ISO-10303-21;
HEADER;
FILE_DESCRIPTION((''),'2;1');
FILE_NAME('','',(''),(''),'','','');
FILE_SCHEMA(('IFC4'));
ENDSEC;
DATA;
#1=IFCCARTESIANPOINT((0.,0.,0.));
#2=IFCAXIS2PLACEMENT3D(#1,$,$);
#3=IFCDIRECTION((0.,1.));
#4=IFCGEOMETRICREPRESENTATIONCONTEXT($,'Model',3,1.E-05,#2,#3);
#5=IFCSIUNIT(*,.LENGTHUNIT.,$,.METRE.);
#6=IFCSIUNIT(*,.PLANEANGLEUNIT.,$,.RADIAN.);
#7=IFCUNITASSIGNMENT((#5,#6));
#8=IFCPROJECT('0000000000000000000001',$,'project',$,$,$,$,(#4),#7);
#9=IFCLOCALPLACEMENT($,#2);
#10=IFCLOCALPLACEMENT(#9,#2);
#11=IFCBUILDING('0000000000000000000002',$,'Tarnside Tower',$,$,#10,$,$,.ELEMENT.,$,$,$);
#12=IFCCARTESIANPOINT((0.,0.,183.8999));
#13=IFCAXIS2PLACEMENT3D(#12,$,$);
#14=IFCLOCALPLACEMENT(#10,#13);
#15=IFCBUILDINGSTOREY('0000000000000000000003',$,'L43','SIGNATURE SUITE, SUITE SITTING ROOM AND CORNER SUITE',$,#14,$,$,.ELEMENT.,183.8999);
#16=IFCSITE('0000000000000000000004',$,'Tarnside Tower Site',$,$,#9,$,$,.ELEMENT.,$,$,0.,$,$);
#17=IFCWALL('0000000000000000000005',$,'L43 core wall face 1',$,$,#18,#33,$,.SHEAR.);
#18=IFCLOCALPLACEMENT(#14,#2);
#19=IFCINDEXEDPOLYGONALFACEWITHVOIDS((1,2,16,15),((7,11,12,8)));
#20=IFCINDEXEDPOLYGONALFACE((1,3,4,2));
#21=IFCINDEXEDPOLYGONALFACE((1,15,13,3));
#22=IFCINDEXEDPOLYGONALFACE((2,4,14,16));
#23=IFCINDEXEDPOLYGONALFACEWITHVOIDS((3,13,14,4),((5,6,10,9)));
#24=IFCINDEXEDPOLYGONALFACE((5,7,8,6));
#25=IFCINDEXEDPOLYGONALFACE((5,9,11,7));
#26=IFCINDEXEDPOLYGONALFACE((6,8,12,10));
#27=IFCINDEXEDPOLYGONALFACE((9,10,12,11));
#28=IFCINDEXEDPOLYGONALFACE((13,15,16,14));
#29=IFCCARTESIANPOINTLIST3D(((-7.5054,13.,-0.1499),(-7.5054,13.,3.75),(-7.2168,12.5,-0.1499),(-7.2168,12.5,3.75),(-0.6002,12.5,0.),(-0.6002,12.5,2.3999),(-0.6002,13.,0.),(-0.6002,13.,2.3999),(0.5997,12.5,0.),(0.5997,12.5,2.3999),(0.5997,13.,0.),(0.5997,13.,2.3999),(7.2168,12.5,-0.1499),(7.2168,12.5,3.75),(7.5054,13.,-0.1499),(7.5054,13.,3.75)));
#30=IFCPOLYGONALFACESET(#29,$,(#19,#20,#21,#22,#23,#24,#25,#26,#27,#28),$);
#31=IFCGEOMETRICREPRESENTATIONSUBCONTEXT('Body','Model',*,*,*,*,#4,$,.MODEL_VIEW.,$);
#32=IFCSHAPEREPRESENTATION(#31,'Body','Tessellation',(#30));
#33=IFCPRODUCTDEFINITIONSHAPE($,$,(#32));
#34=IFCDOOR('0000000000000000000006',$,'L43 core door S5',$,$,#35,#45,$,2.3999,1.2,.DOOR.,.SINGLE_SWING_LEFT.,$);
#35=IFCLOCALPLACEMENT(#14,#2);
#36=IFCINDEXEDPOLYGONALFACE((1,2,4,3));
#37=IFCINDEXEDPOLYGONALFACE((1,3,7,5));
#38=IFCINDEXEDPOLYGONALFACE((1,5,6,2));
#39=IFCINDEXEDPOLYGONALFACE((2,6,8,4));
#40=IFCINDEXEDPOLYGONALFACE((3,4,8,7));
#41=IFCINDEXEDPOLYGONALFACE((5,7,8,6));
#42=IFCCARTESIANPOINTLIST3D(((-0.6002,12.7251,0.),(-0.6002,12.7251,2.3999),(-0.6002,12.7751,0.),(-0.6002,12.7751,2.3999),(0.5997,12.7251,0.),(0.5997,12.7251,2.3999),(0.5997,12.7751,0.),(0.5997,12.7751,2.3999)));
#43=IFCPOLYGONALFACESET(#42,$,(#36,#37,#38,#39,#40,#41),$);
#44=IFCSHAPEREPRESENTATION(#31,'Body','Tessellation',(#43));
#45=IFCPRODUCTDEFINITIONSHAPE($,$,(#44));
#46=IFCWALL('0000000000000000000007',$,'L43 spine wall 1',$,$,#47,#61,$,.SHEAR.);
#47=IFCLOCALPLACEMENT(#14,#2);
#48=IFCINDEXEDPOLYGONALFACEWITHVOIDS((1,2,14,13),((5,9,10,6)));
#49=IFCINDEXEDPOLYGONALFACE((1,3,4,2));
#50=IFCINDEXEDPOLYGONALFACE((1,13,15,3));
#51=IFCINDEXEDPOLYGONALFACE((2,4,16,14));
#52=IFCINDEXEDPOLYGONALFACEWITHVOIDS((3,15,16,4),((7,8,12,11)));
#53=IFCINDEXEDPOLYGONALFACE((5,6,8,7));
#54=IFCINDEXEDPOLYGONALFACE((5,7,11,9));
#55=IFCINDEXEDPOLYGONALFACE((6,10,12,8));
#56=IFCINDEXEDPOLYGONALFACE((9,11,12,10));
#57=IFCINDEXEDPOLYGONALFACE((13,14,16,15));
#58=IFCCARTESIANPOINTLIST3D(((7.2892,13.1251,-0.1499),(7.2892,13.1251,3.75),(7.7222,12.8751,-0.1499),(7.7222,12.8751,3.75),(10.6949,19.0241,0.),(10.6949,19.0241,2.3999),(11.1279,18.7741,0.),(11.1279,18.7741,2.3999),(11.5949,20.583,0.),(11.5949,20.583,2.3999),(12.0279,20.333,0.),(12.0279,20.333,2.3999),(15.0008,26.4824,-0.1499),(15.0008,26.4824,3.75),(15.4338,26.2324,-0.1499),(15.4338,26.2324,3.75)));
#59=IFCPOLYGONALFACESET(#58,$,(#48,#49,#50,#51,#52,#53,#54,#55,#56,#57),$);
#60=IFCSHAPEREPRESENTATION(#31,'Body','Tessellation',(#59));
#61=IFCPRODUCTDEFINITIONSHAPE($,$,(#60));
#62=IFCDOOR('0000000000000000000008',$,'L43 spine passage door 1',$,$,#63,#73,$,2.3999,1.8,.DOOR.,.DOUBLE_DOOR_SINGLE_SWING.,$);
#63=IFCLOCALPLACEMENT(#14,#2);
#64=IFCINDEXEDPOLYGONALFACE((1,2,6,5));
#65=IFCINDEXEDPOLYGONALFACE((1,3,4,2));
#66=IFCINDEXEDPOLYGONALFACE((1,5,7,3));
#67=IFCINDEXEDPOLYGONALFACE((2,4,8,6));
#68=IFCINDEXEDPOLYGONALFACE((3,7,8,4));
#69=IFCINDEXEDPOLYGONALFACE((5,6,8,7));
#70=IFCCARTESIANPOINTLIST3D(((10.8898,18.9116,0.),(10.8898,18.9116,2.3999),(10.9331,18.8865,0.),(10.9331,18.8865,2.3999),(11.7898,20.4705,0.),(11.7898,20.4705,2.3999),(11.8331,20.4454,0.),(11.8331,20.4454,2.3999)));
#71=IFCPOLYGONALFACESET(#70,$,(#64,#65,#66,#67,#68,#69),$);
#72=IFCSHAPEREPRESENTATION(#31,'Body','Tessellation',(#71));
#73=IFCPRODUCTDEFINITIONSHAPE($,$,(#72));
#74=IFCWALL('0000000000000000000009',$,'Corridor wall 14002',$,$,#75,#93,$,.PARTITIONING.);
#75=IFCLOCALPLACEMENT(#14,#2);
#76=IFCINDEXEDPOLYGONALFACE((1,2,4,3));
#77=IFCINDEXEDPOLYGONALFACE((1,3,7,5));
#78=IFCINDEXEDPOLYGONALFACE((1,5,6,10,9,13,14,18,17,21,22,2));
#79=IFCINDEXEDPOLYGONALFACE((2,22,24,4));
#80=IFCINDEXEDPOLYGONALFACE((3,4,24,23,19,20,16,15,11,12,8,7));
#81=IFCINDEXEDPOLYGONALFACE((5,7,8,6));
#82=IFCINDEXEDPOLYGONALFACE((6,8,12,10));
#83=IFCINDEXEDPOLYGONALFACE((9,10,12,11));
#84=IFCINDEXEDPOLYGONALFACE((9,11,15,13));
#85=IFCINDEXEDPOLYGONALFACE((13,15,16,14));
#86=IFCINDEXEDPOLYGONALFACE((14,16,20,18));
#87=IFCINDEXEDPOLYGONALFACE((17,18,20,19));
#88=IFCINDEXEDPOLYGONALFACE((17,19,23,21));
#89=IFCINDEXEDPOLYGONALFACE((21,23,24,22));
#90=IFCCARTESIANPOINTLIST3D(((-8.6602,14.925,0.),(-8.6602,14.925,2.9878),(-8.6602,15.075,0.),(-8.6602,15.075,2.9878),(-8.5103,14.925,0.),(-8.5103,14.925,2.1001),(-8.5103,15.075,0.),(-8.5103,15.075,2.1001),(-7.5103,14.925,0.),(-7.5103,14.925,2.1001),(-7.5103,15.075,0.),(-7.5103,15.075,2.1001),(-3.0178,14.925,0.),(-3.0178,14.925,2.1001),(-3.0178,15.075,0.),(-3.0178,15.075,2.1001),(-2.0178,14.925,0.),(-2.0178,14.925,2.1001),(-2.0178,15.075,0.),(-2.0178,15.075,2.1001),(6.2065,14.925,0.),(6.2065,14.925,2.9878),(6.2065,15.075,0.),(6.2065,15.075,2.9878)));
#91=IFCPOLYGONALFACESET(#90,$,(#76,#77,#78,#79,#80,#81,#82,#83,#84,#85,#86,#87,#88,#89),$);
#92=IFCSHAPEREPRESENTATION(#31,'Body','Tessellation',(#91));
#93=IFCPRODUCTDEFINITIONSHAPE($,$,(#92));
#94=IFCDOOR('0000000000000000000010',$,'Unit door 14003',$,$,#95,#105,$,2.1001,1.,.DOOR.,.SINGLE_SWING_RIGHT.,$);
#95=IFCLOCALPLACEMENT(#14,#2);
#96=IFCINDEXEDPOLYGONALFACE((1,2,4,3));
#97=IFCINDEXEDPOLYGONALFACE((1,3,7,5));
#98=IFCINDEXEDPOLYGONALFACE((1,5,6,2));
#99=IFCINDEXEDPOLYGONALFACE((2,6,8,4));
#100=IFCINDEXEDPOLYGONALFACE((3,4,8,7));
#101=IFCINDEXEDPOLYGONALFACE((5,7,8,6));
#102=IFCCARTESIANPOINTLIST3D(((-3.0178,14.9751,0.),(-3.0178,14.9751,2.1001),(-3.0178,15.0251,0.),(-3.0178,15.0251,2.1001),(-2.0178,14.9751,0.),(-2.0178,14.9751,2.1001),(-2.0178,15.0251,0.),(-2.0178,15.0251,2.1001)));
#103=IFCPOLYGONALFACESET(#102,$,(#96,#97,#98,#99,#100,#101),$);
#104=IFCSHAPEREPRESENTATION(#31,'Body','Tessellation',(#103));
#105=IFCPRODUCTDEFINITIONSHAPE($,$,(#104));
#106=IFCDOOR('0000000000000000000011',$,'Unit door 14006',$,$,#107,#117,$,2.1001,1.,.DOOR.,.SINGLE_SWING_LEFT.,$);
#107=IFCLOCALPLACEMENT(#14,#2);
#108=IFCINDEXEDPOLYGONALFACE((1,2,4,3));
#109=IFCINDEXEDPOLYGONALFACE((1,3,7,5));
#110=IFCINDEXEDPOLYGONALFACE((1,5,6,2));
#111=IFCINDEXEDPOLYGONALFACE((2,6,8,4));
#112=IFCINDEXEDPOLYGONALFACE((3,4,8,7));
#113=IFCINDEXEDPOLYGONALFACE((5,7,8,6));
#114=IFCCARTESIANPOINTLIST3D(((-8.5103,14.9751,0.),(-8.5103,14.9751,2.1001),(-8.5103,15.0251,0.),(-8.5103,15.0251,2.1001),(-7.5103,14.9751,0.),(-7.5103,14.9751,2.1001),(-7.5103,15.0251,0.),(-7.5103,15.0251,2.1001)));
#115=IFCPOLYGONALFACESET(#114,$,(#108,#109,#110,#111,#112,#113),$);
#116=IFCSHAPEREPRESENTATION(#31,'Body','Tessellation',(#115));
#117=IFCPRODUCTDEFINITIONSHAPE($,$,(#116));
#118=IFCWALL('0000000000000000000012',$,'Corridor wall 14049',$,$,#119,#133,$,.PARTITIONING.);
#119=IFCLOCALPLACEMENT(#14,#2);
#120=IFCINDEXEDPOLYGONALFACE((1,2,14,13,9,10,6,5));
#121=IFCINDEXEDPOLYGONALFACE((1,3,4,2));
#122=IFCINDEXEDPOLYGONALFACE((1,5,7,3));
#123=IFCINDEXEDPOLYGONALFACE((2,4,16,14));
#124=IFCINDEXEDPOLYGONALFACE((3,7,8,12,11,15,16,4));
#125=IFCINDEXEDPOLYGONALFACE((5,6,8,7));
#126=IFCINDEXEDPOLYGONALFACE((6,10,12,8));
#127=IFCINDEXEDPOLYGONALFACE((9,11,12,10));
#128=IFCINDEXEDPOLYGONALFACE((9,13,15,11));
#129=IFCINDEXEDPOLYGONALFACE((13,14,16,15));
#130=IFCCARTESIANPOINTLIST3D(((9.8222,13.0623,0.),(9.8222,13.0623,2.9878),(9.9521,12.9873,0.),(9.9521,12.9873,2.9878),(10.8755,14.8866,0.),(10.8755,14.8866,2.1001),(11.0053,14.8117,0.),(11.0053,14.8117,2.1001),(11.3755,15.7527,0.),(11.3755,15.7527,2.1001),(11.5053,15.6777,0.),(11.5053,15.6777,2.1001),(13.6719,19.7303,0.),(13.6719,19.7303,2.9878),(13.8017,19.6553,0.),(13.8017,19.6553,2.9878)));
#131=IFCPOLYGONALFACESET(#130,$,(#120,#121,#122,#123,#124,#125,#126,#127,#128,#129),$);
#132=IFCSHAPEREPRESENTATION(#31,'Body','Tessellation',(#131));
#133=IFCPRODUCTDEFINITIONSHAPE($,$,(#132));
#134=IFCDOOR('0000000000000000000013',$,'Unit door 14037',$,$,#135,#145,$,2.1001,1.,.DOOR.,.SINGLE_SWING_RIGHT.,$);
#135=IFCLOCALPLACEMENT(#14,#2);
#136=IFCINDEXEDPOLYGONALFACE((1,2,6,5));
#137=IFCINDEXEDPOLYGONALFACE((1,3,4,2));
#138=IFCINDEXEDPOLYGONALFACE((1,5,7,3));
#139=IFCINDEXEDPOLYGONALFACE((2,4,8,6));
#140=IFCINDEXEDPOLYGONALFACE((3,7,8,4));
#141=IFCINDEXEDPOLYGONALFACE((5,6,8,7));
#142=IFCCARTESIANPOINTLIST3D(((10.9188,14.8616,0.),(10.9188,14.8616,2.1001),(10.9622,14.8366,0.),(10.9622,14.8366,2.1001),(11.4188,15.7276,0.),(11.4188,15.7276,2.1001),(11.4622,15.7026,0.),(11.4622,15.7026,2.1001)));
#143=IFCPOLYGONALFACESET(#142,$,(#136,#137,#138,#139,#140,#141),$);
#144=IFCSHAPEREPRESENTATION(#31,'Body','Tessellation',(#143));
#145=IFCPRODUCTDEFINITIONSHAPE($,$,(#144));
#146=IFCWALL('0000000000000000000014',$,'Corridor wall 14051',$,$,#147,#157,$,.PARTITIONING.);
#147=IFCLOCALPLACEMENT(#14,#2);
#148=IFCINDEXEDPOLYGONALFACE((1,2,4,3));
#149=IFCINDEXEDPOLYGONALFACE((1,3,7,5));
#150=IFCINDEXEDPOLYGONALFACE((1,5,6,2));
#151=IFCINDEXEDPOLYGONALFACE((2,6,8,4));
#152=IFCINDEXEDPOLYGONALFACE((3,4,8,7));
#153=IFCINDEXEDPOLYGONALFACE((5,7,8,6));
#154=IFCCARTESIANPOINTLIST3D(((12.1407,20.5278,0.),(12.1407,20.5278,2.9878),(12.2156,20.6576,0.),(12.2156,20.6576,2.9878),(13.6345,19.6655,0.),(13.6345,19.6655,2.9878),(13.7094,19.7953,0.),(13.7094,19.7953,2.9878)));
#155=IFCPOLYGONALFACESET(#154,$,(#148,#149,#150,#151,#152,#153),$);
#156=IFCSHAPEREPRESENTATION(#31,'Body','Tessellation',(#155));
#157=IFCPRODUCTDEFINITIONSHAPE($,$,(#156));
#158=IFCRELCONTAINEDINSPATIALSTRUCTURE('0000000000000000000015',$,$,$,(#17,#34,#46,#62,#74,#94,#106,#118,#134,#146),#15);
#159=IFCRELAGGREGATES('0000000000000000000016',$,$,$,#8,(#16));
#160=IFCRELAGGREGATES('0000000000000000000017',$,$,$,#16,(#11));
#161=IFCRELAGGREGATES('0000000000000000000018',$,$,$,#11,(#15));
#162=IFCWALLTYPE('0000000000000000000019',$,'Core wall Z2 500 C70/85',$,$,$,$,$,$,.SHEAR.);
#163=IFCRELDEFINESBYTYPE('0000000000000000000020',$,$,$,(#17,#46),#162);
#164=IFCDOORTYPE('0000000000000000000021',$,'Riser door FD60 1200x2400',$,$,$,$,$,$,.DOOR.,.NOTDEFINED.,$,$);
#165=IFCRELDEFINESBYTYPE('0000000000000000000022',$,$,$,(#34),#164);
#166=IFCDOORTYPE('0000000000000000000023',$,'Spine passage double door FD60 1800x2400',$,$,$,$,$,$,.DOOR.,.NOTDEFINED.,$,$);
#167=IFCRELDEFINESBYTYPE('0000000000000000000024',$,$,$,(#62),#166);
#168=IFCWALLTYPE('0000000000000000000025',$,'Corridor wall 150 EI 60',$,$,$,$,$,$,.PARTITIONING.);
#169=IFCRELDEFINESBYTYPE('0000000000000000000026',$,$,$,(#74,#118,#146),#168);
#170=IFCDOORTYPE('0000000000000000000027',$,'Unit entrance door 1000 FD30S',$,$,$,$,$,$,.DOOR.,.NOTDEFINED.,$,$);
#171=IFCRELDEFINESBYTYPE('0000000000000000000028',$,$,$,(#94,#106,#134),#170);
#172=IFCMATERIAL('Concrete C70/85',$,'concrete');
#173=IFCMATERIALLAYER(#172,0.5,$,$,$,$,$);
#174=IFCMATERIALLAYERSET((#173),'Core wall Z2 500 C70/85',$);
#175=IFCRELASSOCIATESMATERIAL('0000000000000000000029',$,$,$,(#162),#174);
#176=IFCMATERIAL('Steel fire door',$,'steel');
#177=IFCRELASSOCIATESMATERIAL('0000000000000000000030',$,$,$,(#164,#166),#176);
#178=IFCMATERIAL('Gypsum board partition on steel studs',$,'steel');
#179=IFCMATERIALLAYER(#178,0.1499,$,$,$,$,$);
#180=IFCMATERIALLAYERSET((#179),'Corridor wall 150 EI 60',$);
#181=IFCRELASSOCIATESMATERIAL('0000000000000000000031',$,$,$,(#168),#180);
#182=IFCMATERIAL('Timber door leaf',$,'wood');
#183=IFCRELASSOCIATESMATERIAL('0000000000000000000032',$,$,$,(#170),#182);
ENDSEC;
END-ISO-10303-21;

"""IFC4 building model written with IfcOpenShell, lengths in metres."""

from ifc_helpers import new_model, si_unit, direction, frame, frame_2d, origin, place, context, subcontext, project, spatial, polyline, rectangle, outline, extrude, material, layer, layer_set, type_object, element, fill, save


model = new_model("IFC4")

# Units and contexts
model_context = context("Model", 3, precision=1e-05, world=origin(), true_north=direction((0.0, 1.0)))
body_context = subcontext(model_context, "Body", "Model", "MODEL_VIEW")
ifc_project = project(units=[si_unit("LENGTHUNIT", "METRE"), si_unit("PLANEANGLEUNIT", "RADIAN")], contexts=[model_context])

# Site, building, storey
site_placement = place(None, origin())
site = spatial("IfcSite", under=ifc_project, at=site_placement, Name="Tarnside Tower Site", CompositionType="ELEMENT", RefElevation=0.0)
building_placement = place(site_placement, origin())
building = spatial("IfcBuilding", under=site, at=building_placement, Name="Tarnside Tower", CompositionType="ELEMENT")
storey_placement = place(building_placement, frame((0.0, 0.0, 183.8999)))
storey = spatial("IfcBuildingStorey", under=building, at=storey_placement, Name="L43", Description="SIGNATURE SUITE, SUITE SITTING ROOM AND CORNER SUITE", CompositionType="ELEMENT", Elevation=183.8999)

# Shared definitions
ifc_material_1 = material(Name="Gypsum board partition on steel studs", Category="steel")
ifc_material_2 = material(Name="Timber door leaf", Category="wood")

# Walls, openings, doors
ifc_material_3 = material(Name="Concrete C70/85", Category="concrete")
ifc_layer_1 = layer(ifc_material_3, 0.5)
ifc_layer_set_1 = layer_set([ifc_layer_1], Name="Core wall Z2 500 C70/85")
wall_type_1 = type_object("IfcWallType", Name="Core wall Z2 500 C70/85", PredefinedType="SHEAR", material=ifc_layer_set_1)
wall_1_placement = place(storey_placement, frame((7.3611, 12.75, -0.1499), z_axis=(0.0, 0.0, 1.0), x_axis=(-1.0, 0.0, 0.0)))
wall_1 = element("IfcWall", 1, at=wall_1_placement, inside=storey, type_object=wall_type_1, Name="L43 core wall face 1", PredefinedType="SHEAR", context=body_context, shape_type="SweptSolid", body=[
    extrude(outline(polyline([(-0.1443, -0.25), (14.8665, -0.25), (14.5779, 0.25), (0.1443, 0.25), (-0.1443, -0.25)])), origin(), (0.0, 0.0, 1.0), 3.8999),
])
opening_1_placement = place(wall_1_placement, frame((6.7612, 0.0, 0.1499)))
opening_1 = element("IfcOpeningElement", 2, at=opening_1_placement, cuts=wall_1, PredefinedType="OPENING", context=body_context, shape_type="SweptSolid", body=[
    extrude(rectangle(XDim=1.2, YDim=2.3999, at=frame_2d((0.6001, 1.2))), frame((0.0, 0.26, 0.0), z_axis=(0.0, -1.0, 0.0), x_axis=(1.0, 0.0, 0.0)), (0.0, 0.0, 1.0), 0.52),
])
ifc_material_4 = material(Name="Steel fire door", Category="steel")
door_type_1 = type_object("IfcDoorType", Name="Riser door FD60 1200x2400", OperationType="NOTDEFINED", PredefinedType="DOOR", material=ifc_material_4)
door_1_placement = place(opening_1_placement, origin())
door_1 = element("IfcDoor", 3, at=door_1_placement, inside=storey, type_object=door_type_1, Name="L43 core door S5", OperationType="SINGLE_SWING_LEFT", OverallHeight=2.3999, OverallWidth=1.2, PredefinedType="DOOR", context=body_context, shape_type="SweptSolid", body=[
    extrude(rectangle(XDim=1.2, YDim=2.3999, at=frame_2d((0.6001, 1.2))), frame((0.0, 0.0249, 0.0), z_axis=(0.0, -1.0, 0.0), x_axis=(1.0, 0.0, 0.0)), (0.0, 0.0, 1.0), 0.05),
])
fill(opening_1, door_1)
wall_2_placement = place(storey_placement, frame((7.5056, 13.0, -0.1499), z_axis=(0.0, 0.0, 1.0), x_axis=(0.499988, 0.866032, 0.0)))
wall_2 = element("IfcWall", 4, at=wall_2_placement, inside=storey, type_object=wall_type_1, Name="L43 spine wall 1", PredefinedType="SHEAR", context=body_context, shape_type="SweptSolid", body=[
    extrude(rectangle(XDim=15.4236, YDim=0.5, at=frame_2d((7.7119, 0.0))), origin(), (0.0, 0.0, 1.0), 3.8999),
])
opening_2_placement = place(wall_2_placement, frame((6.8118, 0.0, 0.1499)))
opening_2 = element("IfcOpeningElement", 5, at=opening_2_placement, cuts=wall_2, PredefinedType="OPENING", context=body_context, shape_type="SweptSolid", body=[
    extrude(rectangle(XDim=1.8, YDim=2.3999, at=frame_2d((0.8999, 1.2))), frame((0.0, 0.26, 0.0), z_axis=(0.0, -1.0, 0.0), x_axis=(1.0, 0.0, 0.0)), (0.0, 0.0, 1.0), 0.52),
])
door_type_2 = type_object("IfcDoorType", Name="Spine passage double door FD60 1800x2400", OperationType="NOTDEFINED", PredefinedType="DOOR", material=ifc_material_4)
door_2_placement = place(opening_2_placement, origin())
door_2 = element("IfcDoor", 6, at=door_2_placement, inside=storey, type_object=door_type_2, Name="L43 spine passage door 1", OperationType="DOUBLE_DOOR_SINGLE_SWING", OverallHeight=2.3999, OverallWidth=1.8, PredefinedType="DOOR", context=body_context, shape_type="SweptSolid", body=[
    extrude(rectangle(XDim=1.8, YDim=2.3999, at=frame_2d((0.8999, 1.2))), frame((0.0, 0.0249, 0.0), z_axis=(0.0, -1.0, 0.0), x_axis=(1.0, 0.0, 0.0)), (0.0, 0.0, 1.0), 0.05),
])
fill(opening_2, door_2)

# Wall, openings, doors
ifc_layer_2 = layer(ifc_material_1, 0.1499)
ifc_layer_set_2 = layer_set([ifc_layer_2], Name="Corridor wall 150 EI 60")
wall_type_2 = type_object("IfcWallType", Name="Corridor wall 150 EI 60", PredefinedType="PARTITIONING", material=ifc_layer_set_2)
wall_3_placement = place(storey_placement, frame((6.2065, 15.0, 0.0), z_axis=(0.0, 0.0, 1.0), x_axis=(-1.0, 0.0, 0.0)))
wall_3 = element("IfcWall", 7, at=wall_3_placement, inside=storey, type_object=wall_type_2, Name="Corridor wall 14002", PredefinedType="PARTITIONING", context=body_context, shape_type="SweptSolid", body=[
    extrude(rectangle(XDim=14.8667, YDim=0.1499, at=frame_2d((7.4333, 0.0))), origin(), (0.0, 0.0, 1.0), 2.9878),
])
opening_3_placement = place(wall_3_placement, frame((8.2244, 0.0, 0.0)))
opening_3 = element("IfcOpeningElement", 8, at=opening_3_placement, cuts=wall_3, PredefinedType="OPENING", context=body_context, shape_type="SweptSolid", body=[
    extrude(rectangle(XDim=1.0, YDim=2.1001, at=frame_2d((0.5, 1.05))), frame((0.0, 0.085, 0.0), z_axis=(0.0, -1.0, 0.0), x_axis=(1.0, 0.0, 0.0)), (0.0, 0.0, 1.0), 0.1699),
])
opening_4_placement = place(wall_3_placement, frame((13.7168, 0.0, 0.0)))
opening_4 = element("IfcOpeningElement", 9, at=opening_4_placement, cuts=wall_3, PredefinedType="OPENING", context=body_context, shape_type="SweptSolid", body=[
    extrude(rectangle(XDim=1.0, YDim=2.1001, at=frame_2d((0.5, 1.05))), frame((0.0, 0.085, 0.0), z_axis=(0.0, -1.0, 0.0), x_axis=(1.0, 0.0, 0.0)), (0.0, 0.0, 1.0), 0.1699),
])
door_type_3 = type_object("IfcDoorType", Name="Unit entrance door 1000 FD30S", OperationType="NOTDEFINED", PredefinedType="DOOR", material=ifc_material_2)
door_3_placement = place(opening_3_placement, origin())
door_3 = element("IfcDoor", 10, at=door_3_placement, inside=storey, type_object=door_type_3, Name="Unit door 14003", OperationType="SINGLE_SWING_RIGHT", OverallHeight=2.1001, OverallWidth=1.0, PredefinedType="DOOR", context=body_context, shape_type="SweptSolid", body=[
    extrude(rectangle(XDim=1.0, YDim=2.1001, at=frame_2d((0.5, 1.05))), frame((0.0, 0.0249, 0.0), z_axis=(0.0, -1.0, 0.0), x_axis=(1.0, 0.0, 0.0)), (0.0, 0.0, 1.0), 0.05),
])
fill(opening_3, door_3)
door_4_placement = place(opening_4_placement, origin())
door_4 = element("IfcDoor", 11, at=door_4_placement, inside=storey, type_object=door_type_3, Name="Unit door 14006", OperationType="SINGLE_SWING_LEFT", OverallHeight=2.1001, OverallWidth=1.0, PredefinedType="DOOR", context=body_context, shape_type="SweptSolid", body=[
    extrude(rectangle(XDim=1.0, YDim=2.1001, at=frame_2d((0.5, 1.05))), frame((0.0, 0.0249, 0.0), z_axis=(0.0, -1.0, 0.0), x_axis=(1.0, 0.0, 0.0)), (0.0, 0.0, 1.0), 0.05),
])
fill(opening_4, door_4)

# Wall, opening, door
wall_4_placement = place(storey_placement, frame((9.8872, 13.0249, 0.0), z_axis=(0.0, 0.0, 1.0), x_axis=(0.499986, 0.866034, 0.0)))
wall_4 = element("IfcWall", 12, at=wall_4_placement, inside=storey, type_object=wall_type_2, Name="Corridor wall 14049", PredefinedType="PARTITIONING", context=body_context, shape_type="SweptSolid", body=[
    extrude(rectangle(XDim=7.6995, YDim=0.1499, at=frame_2d((3.8496, 0.0))), origin(), (0.0, 0.0, 1.0), 2.9878),
])
opening_5_placement = place(wall_4_placement, frame((2.1064, 0.0, 0.0)))
opening_5 = element("IfcOpeningElement", 13, at=opening_5_placement, cuts=wall_4, PredefinedType="OPENING", context=body_context, shape_type="SweptSolid", body=[
    extrude(rectangle(XDim=1.0, YDim=2.1001, at=frame_2d((0.5, 1.05))), frame((0.0, 0.085, 0.0), z_axis=(0.0, -1.0, 0.0), x_axis=(1.0, 0.0, 0.0)), (0.0, 0.0, 1.0), 0.1699),
])
door_5_placement = place(opening_5_placement, origin())
door_5 = element("IfcDoor", 14, at=door_5_placement, inside=storey, type_object=door_type_3, Name="Unit door 14037", OperationType="SINGLE_SWING_RIGHT", OverallHeight=2.1001, OverallWidth=1.0, PredefinedType="DOOR", context=body_context, shape_type="SweptSolid", body=[
    extrude(rectangle(XDim=1.0, YDim=2.1001, at=frame_2d((0.5, 1.05))), frame((0.0, 0.0249, 0.0), z_axis=(0.0, -1.0, 0.0), x_axis=(1.0, 0.0, 0.0)), (0.0, 0.0, 1.0), 0.05),
])
fill(opening_5, door_5)

# Wall
wall_5_placement = place(storey_placement, frame((13.6719, 19.7305, 0.0), z_axis=(0.0, 0.0, 1.0), x_axis=(-0.866075, 0.499914, 0.0)))
element("IfcWall", 15, at=wall_5_placement, inside=storey, type_object=wall_type_2, Name="Corridor wall 14051", PredefinedType="PARTITIONING", context=body_context, shape_type="SweptSolid", body=[
    extrude(rectangle(XDim=1.7249, YDim=0.1499, at=frame_2d((0.8623, 0.0))), origin(), (0.0, 0.0, 1.0), 2.9878),
])

save(model, "model.ifc")
